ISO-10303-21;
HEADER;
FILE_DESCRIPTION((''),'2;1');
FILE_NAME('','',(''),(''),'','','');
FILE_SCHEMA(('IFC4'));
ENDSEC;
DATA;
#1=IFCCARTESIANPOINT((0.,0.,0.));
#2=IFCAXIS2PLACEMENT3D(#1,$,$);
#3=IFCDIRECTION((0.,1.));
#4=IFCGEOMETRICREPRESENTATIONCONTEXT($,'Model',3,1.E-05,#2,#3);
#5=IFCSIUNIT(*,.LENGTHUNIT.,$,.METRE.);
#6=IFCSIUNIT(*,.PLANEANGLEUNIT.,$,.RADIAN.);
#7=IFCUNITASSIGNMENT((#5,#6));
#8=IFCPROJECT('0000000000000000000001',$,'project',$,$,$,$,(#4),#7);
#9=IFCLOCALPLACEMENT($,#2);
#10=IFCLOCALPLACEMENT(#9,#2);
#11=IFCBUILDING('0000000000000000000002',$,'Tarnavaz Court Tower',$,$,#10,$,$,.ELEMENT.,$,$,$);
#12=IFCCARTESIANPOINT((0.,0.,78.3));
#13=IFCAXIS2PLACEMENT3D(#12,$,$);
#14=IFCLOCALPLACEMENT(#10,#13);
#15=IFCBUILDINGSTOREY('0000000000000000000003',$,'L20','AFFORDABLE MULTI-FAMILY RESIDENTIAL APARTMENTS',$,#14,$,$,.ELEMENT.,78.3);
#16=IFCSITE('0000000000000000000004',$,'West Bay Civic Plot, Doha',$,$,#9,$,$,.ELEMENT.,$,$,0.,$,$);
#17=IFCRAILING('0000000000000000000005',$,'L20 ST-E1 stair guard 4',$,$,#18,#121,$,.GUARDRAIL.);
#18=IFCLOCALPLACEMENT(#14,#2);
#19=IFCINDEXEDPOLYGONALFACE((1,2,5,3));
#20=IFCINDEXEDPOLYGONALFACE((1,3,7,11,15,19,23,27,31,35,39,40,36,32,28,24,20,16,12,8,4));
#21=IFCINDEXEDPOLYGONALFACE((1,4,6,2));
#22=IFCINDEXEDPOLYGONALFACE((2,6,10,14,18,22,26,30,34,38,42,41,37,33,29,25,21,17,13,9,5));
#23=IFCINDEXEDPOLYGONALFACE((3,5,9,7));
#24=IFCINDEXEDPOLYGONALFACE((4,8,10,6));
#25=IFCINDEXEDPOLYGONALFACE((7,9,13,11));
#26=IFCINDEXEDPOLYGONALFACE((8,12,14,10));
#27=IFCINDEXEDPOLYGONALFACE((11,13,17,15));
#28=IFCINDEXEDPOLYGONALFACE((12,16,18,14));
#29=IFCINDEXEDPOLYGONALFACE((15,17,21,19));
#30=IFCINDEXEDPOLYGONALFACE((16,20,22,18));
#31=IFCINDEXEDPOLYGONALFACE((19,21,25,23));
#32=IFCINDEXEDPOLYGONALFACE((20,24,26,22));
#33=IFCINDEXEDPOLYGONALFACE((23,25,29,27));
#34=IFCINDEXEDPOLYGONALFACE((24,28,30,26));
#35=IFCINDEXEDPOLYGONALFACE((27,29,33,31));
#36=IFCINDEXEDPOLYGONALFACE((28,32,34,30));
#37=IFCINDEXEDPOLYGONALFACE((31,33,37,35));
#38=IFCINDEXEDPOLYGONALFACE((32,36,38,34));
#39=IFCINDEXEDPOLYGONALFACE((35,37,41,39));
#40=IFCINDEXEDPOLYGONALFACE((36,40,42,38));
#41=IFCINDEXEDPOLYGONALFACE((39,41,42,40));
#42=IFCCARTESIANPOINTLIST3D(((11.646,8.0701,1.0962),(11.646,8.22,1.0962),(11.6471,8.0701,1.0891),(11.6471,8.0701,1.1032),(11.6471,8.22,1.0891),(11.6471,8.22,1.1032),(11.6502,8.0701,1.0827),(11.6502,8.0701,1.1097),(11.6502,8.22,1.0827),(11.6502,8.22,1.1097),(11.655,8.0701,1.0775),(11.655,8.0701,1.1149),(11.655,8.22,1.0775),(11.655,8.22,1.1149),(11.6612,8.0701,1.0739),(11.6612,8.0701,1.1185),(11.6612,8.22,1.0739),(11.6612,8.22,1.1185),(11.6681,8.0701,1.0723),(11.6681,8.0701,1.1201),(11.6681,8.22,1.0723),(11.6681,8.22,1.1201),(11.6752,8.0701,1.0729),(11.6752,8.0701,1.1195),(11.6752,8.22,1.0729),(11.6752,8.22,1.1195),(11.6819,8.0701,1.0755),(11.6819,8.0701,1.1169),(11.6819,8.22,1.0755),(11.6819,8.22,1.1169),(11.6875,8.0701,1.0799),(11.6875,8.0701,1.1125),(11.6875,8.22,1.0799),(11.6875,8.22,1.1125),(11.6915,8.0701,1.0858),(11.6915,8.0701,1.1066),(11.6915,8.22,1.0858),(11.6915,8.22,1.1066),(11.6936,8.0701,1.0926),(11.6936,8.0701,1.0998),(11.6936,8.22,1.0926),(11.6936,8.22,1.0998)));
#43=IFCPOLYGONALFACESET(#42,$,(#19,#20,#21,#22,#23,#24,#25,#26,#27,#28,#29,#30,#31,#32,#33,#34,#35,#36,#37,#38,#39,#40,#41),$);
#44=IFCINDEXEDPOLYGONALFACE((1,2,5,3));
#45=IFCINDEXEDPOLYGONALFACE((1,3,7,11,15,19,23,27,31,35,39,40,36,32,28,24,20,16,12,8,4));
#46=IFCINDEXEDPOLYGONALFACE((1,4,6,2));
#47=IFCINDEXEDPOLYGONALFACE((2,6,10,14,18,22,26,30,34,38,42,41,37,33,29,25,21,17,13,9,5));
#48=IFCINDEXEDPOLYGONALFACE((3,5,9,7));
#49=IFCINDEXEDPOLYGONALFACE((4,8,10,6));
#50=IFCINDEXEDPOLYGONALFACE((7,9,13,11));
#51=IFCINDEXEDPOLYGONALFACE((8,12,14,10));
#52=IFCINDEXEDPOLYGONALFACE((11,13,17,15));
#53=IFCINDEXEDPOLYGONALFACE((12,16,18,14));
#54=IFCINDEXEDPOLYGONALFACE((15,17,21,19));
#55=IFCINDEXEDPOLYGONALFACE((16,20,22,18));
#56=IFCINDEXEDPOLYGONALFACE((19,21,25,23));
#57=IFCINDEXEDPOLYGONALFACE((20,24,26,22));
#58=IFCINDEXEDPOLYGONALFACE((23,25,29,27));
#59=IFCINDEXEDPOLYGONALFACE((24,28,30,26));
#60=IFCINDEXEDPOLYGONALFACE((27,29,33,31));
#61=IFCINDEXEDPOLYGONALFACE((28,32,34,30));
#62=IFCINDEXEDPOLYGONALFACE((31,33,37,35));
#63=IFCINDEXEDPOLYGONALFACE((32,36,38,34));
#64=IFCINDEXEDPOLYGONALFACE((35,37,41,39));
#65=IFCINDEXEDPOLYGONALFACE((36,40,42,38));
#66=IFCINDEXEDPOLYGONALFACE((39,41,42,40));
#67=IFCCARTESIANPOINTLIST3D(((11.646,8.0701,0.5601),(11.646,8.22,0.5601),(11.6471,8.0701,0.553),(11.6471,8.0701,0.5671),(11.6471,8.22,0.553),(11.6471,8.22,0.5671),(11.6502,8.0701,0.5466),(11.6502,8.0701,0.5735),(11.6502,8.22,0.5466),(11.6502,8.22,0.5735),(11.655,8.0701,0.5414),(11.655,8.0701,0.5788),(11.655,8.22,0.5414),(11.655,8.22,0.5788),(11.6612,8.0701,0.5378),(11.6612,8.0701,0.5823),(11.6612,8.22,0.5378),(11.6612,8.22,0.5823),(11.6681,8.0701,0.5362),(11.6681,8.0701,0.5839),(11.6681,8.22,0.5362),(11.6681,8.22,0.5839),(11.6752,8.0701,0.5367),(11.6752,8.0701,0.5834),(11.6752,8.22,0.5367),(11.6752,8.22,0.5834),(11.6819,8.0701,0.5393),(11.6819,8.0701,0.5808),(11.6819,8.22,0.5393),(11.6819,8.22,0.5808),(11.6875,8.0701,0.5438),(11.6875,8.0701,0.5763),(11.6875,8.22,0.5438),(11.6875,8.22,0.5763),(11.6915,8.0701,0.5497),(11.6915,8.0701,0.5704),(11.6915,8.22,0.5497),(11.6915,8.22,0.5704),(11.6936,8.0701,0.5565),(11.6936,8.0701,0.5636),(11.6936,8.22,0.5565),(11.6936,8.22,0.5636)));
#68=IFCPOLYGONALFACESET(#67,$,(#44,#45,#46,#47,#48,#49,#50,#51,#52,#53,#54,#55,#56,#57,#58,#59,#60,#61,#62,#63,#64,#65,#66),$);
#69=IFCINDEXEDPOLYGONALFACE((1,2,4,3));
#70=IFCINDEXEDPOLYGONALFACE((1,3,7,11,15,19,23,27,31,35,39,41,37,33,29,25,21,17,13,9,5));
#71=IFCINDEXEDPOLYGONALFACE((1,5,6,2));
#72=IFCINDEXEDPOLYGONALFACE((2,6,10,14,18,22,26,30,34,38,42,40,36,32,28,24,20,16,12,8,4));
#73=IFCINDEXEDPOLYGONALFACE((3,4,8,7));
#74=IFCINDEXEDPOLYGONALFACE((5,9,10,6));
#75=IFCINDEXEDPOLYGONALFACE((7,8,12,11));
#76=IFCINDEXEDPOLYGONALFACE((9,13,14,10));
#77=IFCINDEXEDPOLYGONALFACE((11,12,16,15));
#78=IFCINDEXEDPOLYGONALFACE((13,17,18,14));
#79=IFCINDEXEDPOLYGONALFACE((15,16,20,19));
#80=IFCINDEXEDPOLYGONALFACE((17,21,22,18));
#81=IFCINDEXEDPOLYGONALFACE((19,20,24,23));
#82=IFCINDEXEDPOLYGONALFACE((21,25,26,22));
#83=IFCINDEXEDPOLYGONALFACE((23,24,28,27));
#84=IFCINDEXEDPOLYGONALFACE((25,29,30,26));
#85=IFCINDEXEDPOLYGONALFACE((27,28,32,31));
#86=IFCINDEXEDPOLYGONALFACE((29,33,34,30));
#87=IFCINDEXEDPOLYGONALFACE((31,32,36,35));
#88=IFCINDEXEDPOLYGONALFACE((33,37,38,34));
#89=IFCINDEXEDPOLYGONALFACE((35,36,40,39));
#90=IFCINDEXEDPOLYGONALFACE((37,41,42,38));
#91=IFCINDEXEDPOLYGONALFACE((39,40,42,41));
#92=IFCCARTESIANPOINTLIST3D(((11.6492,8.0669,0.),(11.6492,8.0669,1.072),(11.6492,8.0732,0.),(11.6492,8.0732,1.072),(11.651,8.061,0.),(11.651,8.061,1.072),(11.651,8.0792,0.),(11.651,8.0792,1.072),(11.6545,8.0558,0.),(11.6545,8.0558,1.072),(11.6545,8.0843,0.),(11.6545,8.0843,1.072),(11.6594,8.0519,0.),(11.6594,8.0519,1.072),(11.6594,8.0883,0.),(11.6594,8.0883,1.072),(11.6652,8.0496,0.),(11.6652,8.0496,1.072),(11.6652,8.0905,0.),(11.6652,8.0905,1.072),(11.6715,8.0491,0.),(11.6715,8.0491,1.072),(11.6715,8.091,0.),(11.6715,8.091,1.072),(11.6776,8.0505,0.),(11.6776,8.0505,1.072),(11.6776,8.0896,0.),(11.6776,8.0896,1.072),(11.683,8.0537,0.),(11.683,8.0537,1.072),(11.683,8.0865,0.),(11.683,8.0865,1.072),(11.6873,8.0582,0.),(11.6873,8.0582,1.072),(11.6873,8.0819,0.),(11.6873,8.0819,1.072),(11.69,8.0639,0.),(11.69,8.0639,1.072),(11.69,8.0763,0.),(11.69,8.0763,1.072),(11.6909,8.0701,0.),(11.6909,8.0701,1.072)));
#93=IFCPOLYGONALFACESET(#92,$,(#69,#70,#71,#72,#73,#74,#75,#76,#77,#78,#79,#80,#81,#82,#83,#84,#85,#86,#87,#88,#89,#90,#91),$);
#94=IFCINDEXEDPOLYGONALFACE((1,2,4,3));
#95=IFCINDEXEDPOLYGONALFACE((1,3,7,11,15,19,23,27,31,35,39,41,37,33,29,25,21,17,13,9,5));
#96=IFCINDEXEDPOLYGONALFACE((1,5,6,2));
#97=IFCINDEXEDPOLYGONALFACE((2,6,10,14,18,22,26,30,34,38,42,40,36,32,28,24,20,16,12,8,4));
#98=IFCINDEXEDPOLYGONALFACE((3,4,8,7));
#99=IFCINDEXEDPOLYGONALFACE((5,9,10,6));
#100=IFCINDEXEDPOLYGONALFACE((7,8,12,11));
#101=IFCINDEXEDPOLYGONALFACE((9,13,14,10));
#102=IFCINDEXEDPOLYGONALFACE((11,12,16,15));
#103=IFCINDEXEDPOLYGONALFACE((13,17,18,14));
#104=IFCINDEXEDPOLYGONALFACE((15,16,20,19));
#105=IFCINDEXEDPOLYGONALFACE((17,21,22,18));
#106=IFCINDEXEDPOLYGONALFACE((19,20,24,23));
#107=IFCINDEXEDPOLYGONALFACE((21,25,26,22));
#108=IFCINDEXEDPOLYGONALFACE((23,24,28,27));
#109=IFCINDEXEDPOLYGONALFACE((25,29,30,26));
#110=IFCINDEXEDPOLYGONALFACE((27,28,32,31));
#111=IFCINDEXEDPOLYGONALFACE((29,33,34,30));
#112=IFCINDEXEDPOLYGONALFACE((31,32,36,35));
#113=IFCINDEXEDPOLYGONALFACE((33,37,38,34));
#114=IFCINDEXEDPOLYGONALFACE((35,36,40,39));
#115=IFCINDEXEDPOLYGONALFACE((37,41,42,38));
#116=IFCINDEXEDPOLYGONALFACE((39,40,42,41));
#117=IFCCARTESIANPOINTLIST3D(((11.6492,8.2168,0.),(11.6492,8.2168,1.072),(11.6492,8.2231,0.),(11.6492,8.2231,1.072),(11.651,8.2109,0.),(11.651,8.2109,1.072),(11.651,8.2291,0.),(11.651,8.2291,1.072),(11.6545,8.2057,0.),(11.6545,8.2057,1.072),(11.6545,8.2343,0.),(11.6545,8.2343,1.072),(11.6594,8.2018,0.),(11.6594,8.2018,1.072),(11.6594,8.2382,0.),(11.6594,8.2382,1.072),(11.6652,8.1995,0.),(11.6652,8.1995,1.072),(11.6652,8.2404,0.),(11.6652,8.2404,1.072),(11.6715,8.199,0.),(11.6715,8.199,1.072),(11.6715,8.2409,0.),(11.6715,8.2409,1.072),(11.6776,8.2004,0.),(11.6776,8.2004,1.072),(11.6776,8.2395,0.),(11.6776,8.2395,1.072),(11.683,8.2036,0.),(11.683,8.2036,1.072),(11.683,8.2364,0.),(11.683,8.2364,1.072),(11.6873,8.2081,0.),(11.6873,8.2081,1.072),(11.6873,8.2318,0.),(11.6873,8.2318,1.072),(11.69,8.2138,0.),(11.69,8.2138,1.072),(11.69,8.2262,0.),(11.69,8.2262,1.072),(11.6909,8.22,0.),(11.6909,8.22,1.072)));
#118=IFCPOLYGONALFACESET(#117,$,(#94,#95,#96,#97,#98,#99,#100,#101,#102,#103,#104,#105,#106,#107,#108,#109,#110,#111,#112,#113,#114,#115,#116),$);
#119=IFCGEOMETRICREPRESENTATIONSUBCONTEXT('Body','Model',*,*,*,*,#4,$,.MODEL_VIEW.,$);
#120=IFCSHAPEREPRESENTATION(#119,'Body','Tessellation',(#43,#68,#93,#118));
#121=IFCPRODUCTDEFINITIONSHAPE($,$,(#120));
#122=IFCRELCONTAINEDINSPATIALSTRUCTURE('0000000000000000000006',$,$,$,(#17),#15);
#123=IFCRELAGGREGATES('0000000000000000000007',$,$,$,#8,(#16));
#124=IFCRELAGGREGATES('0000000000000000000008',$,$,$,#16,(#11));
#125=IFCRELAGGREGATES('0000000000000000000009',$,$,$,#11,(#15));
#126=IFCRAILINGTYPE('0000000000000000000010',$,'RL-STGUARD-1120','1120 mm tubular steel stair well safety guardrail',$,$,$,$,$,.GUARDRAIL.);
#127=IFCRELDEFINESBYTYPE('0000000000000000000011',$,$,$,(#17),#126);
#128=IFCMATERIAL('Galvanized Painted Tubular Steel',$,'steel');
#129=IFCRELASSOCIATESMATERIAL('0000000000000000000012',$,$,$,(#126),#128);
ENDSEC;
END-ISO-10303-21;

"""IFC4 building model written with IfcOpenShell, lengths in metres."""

from ifc_helpers import new_model, si_unit, direction, frame, origin, origin_2d, place, context, subcontext, project, spatial, circle, extrude, material, type_object, element, save


model = new_model("IFC4")

# Units and contexts
model_context = context("Model", 3, precision=1e-05, world=origin(), true_north=direction((0.0, 1.0)))
body_context = subcontext(model_context, "Body", "Model", "MODEL_VIEW")
ifc_project = project(units=[si_unit("LENGTHUNIT", "METRE"), si_unit("PLANEANGLEUNIT", "RADIAN")], contexts=[model_context])

# Site, building, storey
site_placement = place(None, origin())
site = spatial("IfcSite", under=ifc_project, at=site_placement, Name="West Bay Civic Plot, Doha", CompositionType="ELEMENT", RefElevation=0.0)
building_placement = place(site_placement, origin())
building = spatial("IfcBuilding", under=site, at=building_placement, Name="Tarnavaz Court Tower", CompositionType="ELEMENT")
storey_placement = place(building_placement, frame((0.0, 0.0, 78.3)))
storey = spatial("IfcBuildingStorey", under=building, at=storey_placement, Name="L20", Description="AFFORDABLE MULTI-FAMILY RESIDENTIAL APARTMENTS", CompositionType="ELEMENT", Elevation=78.3)

# Railing
ifc_material_1 = material(Name="Galvanized Painted Tubular Steel", Category="steel")
railing_type_1 = type_object("IfcRailingType", Name="RL-STGUARD-1120", Description="1120 mm tubular steel stair well safety guardrail", PredefinedType="GUARDRAIL", material=ifc_material_1)
railing_1_placement = place(storey_placement, frame((11.6699, 8.0701, 0.0)))
element("IfcRailing", 1, at=railing_1_placement, inside=storey, type_object=railing_type_1, Name="L20 ST-E1 stair guard 4", PredefinedType="GUARDRAIL", context=body_context, shape_type="SweptSolid", body=[
    extrude(circle(Radius=0.0239, at=origin_2d()), frame((0.0, 0.0, 1.0962), z_axis=(0.0, 1.0, 0.0), x_axis=(-1.0, 0.0, 0.0)), (0.0, 0.0, 1.0), 0.1499),
    extrude(circle(Radius=0.0239, at=origin_2d()), frame((0.0, 0.0, 0.5601), z_axis=(0.0, 1.0, 0.0), x_axis=(-1.0, 0.0, 0.0)), (0.0, 0.0, 1.0), 0.1499),
    extrude(circle(Radius=0.021, at=origin_2d()), origin(), (0.0, 0.0, 1.0), 1.072),
    extrude(circle(Radius=0.021, at=origin_2d()), frame((0.0, 0.1499, 0.0)), (0.0, 0.0, 1.0), 1.072),
])

save(model, "model.ifc")
